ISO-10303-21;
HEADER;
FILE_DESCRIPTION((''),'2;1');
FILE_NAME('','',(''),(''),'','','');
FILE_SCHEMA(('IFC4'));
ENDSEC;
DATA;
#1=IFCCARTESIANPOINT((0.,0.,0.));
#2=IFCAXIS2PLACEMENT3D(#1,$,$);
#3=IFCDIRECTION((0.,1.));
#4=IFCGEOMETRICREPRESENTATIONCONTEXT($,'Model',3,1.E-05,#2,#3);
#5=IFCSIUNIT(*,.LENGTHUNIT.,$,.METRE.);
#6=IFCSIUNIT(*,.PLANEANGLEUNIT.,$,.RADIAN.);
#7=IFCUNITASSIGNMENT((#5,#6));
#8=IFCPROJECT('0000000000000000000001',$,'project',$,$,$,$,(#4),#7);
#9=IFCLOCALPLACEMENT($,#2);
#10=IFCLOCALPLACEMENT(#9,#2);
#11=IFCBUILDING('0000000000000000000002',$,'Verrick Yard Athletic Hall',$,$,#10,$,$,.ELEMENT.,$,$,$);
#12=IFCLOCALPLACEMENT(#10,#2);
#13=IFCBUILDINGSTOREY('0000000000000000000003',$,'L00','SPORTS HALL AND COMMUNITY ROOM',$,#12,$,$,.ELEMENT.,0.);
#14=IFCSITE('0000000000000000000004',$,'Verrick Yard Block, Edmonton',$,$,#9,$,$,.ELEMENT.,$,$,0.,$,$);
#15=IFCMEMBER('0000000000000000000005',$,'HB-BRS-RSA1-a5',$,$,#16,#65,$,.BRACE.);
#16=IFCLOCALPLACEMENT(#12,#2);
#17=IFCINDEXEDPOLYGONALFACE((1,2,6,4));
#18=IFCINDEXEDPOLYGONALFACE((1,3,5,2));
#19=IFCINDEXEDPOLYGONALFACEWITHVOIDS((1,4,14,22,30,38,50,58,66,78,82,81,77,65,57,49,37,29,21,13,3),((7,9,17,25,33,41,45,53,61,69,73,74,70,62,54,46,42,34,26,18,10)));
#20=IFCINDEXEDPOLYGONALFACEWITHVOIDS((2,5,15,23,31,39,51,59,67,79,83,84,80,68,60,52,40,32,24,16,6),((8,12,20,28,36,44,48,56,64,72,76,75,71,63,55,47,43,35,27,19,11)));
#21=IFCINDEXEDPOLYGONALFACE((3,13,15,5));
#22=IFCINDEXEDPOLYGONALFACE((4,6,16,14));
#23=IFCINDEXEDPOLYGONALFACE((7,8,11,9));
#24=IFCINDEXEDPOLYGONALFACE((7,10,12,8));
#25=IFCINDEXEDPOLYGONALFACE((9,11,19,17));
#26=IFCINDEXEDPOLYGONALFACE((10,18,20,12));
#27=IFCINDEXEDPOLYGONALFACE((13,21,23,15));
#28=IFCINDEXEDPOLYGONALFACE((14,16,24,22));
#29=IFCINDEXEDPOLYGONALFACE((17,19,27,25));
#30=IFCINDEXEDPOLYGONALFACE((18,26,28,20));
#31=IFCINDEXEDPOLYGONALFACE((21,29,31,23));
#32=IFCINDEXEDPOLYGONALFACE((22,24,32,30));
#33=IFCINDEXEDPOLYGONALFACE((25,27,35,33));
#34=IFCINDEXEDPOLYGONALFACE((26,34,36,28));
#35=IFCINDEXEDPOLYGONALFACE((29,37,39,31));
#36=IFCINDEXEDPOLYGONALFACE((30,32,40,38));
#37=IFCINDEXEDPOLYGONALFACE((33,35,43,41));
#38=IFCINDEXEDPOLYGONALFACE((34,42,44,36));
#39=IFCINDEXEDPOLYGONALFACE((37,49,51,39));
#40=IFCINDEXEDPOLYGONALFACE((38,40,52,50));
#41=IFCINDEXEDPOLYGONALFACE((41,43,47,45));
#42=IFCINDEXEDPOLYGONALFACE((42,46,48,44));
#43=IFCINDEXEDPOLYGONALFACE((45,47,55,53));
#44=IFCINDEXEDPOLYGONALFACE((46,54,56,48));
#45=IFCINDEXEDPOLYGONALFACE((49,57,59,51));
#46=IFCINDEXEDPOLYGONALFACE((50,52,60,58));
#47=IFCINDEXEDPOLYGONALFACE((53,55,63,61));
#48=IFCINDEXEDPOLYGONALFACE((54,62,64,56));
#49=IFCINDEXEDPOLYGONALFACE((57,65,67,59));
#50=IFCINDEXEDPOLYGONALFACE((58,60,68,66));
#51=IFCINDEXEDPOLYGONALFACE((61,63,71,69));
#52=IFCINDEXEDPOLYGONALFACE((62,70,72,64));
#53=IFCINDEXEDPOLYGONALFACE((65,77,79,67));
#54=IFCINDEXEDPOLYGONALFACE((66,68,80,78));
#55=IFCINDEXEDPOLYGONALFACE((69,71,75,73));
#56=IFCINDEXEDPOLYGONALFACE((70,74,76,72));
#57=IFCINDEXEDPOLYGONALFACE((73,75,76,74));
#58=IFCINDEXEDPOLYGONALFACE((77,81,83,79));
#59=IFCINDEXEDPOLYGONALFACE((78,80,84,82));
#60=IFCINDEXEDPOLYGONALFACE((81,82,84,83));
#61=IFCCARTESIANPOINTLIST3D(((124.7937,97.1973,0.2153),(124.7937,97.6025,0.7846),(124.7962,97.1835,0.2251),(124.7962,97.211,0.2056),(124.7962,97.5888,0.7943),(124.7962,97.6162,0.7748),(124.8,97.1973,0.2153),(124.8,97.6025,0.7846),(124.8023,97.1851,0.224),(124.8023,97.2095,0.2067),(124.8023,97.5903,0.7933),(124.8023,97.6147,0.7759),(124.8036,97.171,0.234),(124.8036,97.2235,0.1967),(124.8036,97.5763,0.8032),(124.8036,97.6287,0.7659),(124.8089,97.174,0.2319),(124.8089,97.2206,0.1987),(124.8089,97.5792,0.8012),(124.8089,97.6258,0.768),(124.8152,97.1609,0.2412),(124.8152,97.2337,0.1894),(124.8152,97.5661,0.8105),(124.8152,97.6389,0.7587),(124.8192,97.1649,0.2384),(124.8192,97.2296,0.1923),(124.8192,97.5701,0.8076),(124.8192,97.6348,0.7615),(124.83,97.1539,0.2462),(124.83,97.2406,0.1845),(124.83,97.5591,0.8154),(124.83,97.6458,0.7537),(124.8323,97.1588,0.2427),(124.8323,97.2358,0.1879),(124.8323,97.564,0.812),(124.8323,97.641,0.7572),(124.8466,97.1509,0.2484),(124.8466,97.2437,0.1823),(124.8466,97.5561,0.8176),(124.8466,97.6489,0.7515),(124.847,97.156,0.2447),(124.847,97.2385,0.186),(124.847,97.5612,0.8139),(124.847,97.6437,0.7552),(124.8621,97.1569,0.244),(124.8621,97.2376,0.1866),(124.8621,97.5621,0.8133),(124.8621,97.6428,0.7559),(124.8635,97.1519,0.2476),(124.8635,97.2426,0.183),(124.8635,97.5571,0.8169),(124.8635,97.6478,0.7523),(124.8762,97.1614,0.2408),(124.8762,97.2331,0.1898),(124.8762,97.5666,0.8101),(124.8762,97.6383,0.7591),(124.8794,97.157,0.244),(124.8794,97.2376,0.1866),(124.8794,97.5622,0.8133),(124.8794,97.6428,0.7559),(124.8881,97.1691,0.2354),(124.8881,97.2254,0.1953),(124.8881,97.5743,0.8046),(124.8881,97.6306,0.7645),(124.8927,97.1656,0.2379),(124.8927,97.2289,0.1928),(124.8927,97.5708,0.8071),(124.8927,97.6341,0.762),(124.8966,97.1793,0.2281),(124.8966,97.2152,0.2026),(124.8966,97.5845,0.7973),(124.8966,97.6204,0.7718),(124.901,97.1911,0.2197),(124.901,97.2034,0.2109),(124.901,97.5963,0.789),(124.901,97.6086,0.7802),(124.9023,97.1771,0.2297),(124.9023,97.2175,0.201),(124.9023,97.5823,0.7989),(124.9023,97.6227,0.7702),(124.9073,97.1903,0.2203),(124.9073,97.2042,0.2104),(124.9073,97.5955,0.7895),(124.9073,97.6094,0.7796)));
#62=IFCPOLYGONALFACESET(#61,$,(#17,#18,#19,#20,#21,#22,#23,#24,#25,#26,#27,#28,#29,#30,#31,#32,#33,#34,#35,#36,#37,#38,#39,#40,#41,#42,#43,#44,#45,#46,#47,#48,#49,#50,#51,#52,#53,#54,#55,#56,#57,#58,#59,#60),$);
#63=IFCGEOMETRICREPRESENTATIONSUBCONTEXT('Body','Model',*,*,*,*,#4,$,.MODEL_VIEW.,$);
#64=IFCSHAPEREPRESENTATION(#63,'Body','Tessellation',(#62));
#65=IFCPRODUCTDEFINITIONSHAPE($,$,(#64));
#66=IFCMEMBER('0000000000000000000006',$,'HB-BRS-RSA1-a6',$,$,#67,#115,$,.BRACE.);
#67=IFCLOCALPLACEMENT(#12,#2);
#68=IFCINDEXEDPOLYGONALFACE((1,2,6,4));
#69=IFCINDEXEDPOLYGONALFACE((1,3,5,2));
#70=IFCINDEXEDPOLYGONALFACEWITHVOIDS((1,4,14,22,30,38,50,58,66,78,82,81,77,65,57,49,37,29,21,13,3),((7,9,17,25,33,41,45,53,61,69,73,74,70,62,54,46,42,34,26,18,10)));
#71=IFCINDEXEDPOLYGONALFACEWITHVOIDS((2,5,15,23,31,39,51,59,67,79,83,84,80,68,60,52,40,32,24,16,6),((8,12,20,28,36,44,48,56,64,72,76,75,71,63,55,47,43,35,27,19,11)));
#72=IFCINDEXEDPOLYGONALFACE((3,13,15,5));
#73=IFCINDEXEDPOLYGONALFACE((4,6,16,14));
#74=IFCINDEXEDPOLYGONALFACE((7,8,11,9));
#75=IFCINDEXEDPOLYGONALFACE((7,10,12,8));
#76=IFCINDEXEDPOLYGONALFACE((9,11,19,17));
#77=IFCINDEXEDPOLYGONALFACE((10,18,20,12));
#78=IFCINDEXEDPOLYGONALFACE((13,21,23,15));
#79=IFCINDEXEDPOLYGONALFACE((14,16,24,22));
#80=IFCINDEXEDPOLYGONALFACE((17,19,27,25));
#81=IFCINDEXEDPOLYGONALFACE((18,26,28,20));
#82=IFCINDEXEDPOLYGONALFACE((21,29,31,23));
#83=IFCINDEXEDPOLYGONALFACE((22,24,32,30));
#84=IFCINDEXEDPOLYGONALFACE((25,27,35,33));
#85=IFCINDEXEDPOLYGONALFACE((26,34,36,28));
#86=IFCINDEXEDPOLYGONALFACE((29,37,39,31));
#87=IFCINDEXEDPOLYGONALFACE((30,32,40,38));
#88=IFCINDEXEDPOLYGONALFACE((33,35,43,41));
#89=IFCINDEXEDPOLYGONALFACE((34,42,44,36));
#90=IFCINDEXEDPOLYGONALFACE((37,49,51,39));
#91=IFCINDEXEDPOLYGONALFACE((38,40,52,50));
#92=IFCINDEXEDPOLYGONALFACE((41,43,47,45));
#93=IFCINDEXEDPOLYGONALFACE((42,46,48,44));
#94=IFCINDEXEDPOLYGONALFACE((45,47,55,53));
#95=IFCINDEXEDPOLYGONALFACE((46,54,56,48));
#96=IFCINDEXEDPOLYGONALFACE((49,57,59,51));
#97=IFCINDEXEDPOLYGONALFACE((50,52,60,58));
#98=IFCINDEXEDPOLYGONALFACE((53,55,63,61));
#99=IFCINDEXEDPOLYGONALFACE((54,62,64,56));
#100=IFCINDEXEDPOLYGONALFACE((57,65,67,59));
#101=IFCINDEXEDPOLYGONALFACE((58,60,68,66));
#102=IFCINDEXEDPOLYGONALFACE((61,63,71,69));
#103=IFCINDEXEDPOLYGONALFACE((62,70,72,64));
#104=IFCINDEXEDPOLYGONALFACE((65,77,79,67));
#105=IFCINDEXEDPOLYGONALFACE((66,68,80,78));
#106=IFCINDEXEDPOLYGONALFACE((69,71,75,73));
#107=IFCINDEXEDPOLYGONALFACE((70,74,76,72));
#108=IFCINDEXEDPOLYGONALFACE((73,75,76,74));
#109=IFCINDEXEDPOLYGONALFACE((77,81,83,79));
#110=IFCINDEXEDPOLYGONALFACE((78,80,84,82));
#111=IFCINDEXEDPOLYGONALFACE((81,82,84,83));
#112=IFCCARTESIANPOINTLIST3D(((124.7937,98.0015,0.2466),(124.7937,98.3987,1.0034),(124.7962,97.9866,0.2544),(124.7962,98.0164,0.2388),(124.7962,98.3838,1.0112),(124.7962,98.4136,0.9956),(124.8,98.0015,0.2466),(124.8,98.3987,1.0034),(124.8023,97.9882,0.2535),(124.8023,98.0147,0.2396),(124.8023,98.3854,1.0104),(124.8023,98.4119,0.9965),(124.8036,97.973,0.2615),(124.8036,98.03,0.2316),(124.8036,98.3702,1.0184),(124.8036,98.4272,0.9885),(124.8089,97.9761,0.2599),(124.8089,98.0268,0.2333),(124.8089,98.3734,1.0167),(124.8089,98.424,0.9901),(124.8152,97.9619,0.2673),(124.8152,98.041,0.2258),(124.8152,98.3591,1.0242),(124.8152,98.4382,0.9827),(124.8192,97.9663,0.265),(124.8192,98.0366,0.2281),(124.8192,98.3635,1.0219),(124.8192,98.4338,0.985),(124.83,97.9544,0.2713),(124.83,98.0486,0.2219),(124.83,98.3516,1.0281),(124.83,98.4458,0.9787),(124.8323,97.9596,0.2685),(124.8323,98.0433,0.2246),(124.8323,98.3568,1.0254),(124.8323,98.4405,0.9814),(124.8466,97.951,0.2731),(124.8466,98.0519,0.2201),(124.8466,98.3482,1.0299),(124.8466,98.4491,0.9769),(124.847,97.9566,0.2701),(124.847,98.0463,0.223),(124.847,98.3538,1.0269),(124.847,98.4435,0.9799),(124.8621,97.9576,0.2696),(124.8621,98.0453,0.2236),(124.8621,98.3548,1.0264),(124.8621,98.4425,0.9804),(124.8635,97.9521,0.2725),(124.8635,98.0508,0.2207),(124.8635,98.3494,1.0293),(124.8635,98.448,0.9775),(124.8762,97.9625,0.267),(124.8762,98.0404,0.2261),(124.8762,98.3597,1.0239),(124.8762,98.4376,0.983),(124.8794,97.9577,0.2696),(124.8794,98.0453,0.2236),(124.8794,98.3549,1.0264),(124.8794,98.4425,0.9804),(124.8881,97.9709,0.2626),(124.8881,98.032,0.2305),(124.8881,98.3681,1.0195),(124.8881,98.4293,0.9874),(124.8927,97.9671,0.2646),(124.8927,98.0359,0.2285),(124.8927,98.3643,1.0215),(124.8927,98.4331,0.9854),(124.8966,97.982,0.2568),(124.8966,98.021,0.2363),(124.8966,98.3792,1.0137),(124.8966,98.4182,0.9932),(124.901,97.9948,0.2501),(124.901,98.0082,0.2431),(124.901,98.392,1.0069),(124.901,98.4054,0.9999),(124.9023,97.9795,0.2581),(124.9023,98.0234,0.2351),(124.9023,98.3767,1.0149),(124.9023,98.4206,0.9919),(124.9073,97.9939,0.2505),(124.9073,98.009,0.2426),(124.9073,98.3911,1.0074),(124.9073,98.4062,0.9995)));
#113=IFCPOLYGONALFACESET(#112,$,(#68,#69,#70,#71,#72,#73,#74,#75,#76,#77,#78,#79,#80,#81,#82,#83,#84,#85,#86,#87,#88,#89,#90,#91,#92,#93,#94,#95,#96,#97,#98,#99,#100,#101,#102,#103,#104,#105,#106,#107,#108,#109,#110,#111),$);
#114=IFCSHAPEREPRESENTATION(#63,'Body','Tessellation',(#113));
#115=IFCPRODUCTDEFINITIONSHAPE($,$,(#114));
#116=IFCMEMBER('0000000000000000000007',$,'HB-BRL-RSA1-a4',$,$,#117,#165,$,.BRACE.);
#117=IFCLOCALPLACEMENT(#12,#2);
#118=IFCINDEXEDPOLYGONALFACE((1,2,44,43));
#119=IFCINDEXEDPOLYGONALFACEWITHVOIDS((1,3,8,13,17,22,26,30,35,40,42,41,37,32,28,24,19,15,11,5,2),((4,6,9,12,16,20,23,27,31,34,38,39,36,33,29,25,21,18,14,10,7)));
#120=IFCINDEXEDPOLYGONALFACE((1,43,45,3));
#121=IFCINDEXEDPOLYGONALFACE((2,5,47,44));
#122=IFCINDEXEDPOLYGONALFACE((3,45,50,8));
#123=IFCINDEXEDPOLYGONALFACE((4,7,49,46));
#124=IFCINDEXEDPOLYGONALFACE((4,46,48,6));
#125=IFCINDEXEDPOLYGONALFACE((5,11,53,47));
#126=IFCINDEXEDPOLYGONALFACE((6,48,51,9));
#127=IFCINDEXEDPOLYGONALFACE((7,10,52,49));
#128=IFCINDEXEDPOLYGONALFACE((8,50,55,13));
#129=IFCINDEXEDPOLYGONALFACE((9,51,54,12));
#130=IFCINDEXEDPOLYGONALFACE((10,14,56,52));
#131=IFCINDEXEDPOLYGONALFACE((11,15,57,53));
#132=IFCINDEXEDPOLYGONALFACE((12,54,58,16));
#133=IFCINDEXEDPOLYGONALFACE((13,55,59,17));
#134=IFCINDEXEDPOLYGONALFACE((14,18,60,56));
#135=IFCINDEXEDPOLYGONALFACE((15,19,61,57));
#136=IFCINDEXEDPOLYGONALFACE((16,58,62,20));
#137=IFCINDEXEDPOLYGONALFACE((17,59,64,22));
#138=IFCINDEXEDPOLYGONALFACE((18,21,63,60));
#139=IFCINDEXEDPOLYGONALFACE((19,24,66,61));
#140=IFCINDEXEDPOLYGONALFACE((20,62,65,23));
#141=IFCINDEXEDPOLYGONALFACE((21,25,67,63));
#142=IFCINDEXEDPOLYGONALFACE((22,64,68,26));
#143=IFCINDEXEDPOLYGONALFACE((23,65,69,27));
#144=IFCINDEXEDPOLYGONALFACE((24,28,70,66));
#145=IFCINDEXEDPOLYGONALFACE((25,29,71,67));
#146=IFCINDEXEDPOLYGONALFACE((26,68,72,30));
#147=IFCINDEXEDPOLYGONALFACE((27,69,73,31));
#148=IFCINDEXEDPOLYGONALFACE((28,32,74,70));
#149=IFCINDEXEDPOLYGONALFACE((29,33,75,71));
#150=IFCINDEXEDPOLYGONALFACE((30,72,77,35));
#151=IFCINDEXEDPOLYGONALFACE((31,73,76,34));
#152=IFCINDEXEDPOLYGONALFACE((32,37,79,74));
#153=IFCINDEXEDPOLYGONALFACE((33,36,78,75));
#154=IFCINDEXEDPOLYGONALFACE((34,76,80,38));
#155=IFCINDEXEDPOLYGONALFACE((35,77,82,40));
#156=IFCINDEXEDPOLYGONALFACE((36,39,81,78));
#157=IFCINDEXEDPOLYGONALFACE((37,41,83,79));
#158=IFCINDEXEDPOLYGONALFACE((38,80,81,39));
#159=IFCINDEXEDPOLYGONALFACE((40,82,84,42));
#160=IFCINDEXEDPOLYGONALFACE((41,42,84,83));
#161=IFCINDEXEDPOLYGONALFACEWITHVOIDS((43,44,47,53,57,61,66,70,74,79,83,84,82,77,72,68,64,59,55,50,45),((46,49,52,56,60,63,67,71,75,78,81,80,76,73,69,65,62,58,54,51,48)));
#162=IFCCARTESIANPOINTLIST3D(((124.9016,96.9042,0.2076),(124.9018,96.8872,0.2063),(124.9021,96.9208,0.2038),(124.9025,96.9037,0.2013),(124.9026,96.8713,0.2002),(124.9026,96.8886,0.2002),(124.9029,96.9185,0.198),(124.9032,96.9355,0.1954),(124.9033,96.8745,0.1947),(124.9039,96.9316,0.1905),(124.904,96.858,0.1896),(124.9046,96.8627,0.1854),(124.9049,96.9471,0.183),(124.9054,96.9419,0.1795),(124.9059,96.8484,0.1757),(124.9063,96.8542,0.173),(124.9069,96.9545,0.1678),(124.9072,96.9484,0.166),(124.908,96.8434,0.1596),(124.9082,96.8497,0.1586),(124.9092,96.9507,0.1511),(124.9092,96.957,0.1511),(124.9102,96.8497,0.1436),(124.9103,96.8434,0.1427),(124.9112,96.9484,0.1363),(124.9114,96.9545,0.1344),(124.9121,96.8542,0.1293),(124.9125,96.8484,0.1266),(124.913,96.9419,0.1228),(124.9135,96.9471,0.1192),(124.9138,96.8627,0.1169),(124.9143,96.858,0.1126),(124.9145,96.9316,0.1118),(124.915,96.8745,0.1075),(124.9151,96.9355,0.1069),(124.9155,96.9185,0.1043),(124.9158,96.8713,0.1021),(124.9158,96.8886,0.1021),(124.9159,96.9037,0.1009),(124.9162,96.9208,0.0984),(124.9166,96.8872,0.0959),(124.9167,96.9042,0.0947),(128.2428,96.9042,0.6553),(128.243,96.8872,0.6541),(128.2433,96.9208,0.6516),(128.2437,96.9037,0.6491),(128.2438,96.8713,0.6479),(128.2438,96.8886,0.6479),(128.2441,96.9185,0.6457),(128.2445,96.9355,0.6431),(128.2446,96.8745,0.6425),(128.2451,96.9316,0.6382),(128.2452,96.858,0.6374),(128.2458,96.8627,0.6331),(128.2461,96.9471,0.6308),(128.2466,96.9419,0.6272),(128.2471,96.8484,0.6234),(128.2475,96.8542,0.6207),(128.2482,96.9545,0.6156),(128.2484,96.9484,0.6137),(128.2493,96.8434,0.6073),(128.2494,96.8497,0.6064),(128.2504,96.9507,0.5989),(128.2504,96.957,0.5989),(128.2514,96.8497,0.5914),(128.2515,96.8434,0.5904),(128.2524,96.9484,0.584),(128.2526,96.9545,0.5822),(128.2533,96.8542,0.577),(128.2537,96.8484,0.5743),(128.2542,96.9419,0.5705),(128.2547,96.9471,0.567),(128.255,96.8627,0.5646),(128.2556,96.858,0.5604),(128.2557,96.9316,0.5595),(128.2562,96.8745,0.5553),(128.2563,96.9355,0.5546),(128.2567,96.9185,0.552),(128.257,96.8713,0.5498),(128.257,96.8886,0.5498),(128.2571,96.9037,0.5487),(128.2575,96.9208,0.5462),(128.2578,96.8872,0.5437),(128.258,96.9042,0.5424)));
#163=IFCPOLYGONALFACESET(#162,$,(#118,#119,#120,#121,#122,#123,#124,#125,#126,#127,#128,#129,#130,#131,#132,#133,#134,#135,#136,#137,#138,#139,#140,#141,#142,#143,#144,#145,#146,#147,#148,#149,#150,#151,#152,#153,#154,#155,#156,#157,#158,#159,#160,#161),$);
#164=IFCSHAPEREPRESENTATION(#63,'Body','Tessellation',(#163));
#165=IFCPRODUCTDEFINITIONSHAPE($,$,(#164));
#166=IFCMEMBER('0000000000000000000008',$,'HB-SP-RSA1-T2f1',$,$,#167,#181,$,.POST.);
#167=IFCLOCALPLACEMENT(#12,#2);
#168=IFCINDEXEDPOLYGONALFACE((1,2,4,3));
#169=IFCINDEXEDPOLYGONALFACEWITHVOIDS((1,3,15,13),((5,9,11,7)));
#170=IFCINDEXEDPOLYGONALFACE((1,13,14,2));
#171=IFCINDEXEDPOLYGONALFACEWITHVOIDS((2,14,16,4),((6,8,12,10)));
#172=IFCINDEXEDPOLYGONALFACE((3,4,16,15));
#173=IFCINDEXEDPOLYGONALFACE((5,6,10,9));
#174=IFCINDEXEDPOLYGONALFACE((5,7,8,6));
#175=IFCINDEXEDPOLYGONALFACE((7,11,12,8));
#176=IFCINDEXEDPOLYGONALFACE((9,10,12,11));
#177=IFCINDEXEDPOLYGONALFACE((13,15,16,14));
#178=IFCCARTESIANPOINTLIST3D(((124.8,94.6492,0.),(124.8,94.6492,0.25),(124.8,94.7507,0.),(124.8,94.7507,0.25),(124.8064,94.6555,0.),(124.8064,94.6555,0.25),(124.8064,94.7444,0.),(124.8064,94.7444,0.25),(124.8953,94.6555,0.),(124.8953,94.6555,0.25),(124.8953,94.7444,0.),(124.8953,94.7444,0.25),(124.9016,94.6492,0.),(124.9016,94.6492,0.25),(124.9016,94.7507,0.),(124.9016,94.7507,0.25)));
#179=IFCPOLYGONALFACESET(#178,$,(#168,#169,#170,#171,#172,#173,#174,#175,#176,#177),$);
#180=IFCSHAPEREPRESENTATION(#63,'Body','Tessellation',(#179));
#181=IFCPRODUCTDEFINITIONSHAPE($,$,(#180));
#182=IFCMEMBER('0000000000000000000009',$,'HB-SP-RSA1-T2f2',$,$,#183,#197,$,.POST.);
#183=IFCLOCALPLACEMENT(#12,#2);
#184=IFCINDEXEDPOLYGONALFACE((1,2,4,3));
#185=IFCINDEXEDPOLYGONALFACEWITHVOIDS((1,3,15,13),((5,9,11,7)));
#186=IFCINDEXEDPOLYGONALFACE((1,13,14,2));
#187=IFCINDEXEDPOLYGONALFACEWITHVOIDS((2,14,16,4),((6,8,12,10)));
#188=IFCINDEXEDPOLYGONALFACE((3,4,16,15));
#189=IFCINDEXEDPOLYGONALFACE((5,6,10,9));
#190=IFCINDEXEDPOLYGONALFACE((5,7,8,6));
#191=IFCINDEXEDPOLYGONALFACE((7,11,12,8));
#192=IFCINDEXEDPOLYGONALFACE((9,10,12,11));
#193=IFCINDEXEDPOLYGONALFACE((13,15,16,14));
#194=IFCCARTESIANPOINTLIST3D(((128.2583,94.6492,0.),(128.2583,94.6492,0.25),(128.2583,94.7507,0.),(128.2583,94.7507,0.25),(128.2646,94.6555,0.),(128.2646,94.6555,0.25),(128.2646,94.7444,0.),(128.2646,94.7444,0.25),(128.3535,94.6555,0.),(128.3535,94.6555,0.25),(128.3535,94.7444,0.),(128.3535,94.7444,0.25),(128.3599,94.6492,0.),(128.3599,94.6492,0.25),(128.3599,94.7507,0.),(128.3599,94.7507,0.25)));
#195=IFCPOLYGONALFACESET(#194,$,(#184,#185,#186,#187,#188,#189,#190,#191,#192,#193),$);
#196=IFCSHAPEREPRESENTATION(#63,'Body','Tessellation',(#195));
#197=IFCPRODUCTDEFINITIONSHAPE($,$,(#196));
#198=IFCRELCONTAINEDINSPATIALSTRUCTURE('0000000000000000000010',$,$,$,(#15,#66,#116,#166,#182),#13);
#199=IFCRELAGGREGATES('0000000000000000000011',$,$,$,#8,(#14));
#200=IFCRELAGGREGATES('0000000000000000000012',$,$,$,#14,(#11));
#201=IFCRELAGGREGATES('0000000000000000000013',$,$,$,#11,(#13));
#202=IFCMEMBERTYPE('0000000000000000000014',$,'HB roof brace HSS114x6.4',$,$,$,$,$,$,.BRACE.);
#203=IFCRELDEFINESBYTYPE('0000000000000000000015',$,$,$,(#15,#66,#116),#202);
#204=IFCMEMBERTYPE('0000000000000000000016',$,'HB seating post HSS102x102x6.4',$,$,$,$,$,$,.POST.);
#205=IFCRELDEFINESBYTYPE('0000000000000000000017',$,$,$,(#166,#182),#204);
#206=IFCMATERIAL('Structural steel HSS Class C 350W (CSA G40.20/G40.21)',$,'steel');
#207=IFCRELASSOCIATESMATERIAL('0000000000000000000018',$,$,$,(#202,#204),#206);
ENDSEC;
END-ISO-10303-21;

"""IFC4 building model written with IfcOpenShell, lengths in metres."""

from ifc_helpers import new_model, si_unit, direction, frame, origin, origin_2d, place, context, subcontext, project, spatial, hollow_rectangle, hollow_circle, extrude, material, material_profile, profile_set, type_object, element, save


model = new_model("IFC4")

# Units and contexts
model_context = context("Model", 3, precision=1e-05, world=origin(), true_north=direction((0.0, 1.0)))
body_context = subcontext(model_context, "Body", "Model", "MODEL_VIEW")
ifc_project = project(units=[si_unit("LENGTHUNIT", "METRE"), si_unit("PLANEANGLEUNIT", "RADIAN")], contexts=[model_context])

# Site, building, storey
site_placement = place(None, origin())
site = spatial("IfcSite", under=ifc_project, at=site_placement, Name="Verrick Yard Block, Edmonton", CompositionType="ELEMENT", RefElevation=0.0)
building_placement = place(site_placement, origin())
building = spatial("IfcBuilding", under=site, at=building_placement, Name="Verrick Yard Athletic Hall", CompositionType="ELEMENT")
storey_placement = place(building_placement, origin())
storey = spatial("IfcBuildingStorey", under=building, at=storey_placement, Name="L00", Description="SPORTS HALL AND COMMUNITY ROOM", CompositionType="ELEMENT", Elevation=0.0)

# Members
ifc_material_1 = material(Name="Structural steel HSS Class C 350W (CSA G40.20/G40.21)", Category="steel")
ifc_material_profile_1 = material_profile(ifc_material_1, hollow_circle(Radius=0.0571, WallThickness=0.0063, at=origin_2d()), Name="HSS114x6.4")
ifc_profile_set_1 = profile_set([ifc_material_profile_1], Name="Structural steel HSS Class C 350W (CSA G40.20/G40.21)")
member_type_1 = type_object("IfcMemberType", Name="HB roof brace HSS114x6.4", PredefinedType="BRACE", material=ifc_profile_set_1)
member_1_placement = place(storey_placement, frame((124.8508, 97.1973, 0.2153), z_axis=(0.0, 0.579916, 0.814677), x_axis=(-1.0, 0.0, 0.0)))
element("IfcMember", 1, at=member_1_placement, inside=storey, type_object=member_type_1, Name="HB-BRS-RSA1-a5", PredefinedType="BRACE", context=body_context, shape_type="SweptSolid", body=[
    extrude(hollow_circle(Radius=0.0571, WallThickness=0.0063, at=origin_2d()), origin(), (0.0, 0.0, 1.0), 0.6987),
])
member_2_placement = place(storey_placement, frame((124.8508, 98.0015, 0.2466), z_axis=(0.0, 0.464722, 0.885457), x_axis=(-1.0, 0.0, 0.0)))
element("IfcMember", 2, at=member_2_placement, inside=storey, type_object=member_type_1, Name="HB-BRS-RSA1-a6", PredefinedType="BRACE", context=body_context, shape_type="SweptSolid", body=[
    extrude(hollow_circle(Radius=0.0571, WallThickness=0.0063, at=origin_2d()), origin(), (0.0, 0.0, 1.0), 0.8547),
])
member_3_placement = place(storey_placement, frame((124.9092, 96.8999, 0.1511), z_axis=(0.99114, 0.0, 0.132818), x_axis=(0.0, 1.0, 0.0)))
element("IfcMember", 3, at=member_3_placement, inside=storey, type_object=member_type_1, Name="HB-BRL-RSA1-a4", PredefinedType="BRACE", context=body_context, shape_type="SweptSolid", body=[
    extrude(hollow_circle(Radius=0.0571, WallThickness=0.0063, at=origin_2d()), origin(), (0.0, 0.0, 1.0), 3.3711),
])
ifc_material_profile_2 = material_profile(ifc_material_1, hollow_rectangle(XDim=0.1016, YDim=0.1016, WallThickness=0.0063, at=origin_2d()), Name="HSS102x102x6.4")
ifc_profile_set_2 = profile_set([ifc_material_profile_2], Name="Structural steel HSS Class C 350W (CSA G40.20/G40.21)")
member_type_2 = type_object("IfcMemberType", Name="HB seating post HSS102x102x6.4", PredefinedType="POST", material=ifc_profile_set_2)
for number, where, z_axis, x_axis, name in (
    (4, (124.8508, 94.7, 0.0), (0.0, 0.0, 1.0), (0.0, 1.0, 0.0), "HB-SP-RSA1-T2f1"),
    (5, (128.3091, 94.7, 0.0), (0.0, 0.0, 1.0), (0.0, 1.0, 0.0), "HB-SP-RSA1-T2f2"),
):
    element("IfcMember", number, at=place(storey_placement, frame(where, z_axis=z_axis, x_axis=x_axis)), inside=storey, type_object=member_type_2, Name=name, PredefinedType="POST", context=body_context, shape_type="SweptSolid", body=[
        extrude(hollow_rectangle(XDim=0.1016, YDim=0.1016, WallThickness=0.0063, at=origin_2d()), origin(), (0.0, 0.0, 1.0), 0.25),
    ])

save(model, "model.ifc")
